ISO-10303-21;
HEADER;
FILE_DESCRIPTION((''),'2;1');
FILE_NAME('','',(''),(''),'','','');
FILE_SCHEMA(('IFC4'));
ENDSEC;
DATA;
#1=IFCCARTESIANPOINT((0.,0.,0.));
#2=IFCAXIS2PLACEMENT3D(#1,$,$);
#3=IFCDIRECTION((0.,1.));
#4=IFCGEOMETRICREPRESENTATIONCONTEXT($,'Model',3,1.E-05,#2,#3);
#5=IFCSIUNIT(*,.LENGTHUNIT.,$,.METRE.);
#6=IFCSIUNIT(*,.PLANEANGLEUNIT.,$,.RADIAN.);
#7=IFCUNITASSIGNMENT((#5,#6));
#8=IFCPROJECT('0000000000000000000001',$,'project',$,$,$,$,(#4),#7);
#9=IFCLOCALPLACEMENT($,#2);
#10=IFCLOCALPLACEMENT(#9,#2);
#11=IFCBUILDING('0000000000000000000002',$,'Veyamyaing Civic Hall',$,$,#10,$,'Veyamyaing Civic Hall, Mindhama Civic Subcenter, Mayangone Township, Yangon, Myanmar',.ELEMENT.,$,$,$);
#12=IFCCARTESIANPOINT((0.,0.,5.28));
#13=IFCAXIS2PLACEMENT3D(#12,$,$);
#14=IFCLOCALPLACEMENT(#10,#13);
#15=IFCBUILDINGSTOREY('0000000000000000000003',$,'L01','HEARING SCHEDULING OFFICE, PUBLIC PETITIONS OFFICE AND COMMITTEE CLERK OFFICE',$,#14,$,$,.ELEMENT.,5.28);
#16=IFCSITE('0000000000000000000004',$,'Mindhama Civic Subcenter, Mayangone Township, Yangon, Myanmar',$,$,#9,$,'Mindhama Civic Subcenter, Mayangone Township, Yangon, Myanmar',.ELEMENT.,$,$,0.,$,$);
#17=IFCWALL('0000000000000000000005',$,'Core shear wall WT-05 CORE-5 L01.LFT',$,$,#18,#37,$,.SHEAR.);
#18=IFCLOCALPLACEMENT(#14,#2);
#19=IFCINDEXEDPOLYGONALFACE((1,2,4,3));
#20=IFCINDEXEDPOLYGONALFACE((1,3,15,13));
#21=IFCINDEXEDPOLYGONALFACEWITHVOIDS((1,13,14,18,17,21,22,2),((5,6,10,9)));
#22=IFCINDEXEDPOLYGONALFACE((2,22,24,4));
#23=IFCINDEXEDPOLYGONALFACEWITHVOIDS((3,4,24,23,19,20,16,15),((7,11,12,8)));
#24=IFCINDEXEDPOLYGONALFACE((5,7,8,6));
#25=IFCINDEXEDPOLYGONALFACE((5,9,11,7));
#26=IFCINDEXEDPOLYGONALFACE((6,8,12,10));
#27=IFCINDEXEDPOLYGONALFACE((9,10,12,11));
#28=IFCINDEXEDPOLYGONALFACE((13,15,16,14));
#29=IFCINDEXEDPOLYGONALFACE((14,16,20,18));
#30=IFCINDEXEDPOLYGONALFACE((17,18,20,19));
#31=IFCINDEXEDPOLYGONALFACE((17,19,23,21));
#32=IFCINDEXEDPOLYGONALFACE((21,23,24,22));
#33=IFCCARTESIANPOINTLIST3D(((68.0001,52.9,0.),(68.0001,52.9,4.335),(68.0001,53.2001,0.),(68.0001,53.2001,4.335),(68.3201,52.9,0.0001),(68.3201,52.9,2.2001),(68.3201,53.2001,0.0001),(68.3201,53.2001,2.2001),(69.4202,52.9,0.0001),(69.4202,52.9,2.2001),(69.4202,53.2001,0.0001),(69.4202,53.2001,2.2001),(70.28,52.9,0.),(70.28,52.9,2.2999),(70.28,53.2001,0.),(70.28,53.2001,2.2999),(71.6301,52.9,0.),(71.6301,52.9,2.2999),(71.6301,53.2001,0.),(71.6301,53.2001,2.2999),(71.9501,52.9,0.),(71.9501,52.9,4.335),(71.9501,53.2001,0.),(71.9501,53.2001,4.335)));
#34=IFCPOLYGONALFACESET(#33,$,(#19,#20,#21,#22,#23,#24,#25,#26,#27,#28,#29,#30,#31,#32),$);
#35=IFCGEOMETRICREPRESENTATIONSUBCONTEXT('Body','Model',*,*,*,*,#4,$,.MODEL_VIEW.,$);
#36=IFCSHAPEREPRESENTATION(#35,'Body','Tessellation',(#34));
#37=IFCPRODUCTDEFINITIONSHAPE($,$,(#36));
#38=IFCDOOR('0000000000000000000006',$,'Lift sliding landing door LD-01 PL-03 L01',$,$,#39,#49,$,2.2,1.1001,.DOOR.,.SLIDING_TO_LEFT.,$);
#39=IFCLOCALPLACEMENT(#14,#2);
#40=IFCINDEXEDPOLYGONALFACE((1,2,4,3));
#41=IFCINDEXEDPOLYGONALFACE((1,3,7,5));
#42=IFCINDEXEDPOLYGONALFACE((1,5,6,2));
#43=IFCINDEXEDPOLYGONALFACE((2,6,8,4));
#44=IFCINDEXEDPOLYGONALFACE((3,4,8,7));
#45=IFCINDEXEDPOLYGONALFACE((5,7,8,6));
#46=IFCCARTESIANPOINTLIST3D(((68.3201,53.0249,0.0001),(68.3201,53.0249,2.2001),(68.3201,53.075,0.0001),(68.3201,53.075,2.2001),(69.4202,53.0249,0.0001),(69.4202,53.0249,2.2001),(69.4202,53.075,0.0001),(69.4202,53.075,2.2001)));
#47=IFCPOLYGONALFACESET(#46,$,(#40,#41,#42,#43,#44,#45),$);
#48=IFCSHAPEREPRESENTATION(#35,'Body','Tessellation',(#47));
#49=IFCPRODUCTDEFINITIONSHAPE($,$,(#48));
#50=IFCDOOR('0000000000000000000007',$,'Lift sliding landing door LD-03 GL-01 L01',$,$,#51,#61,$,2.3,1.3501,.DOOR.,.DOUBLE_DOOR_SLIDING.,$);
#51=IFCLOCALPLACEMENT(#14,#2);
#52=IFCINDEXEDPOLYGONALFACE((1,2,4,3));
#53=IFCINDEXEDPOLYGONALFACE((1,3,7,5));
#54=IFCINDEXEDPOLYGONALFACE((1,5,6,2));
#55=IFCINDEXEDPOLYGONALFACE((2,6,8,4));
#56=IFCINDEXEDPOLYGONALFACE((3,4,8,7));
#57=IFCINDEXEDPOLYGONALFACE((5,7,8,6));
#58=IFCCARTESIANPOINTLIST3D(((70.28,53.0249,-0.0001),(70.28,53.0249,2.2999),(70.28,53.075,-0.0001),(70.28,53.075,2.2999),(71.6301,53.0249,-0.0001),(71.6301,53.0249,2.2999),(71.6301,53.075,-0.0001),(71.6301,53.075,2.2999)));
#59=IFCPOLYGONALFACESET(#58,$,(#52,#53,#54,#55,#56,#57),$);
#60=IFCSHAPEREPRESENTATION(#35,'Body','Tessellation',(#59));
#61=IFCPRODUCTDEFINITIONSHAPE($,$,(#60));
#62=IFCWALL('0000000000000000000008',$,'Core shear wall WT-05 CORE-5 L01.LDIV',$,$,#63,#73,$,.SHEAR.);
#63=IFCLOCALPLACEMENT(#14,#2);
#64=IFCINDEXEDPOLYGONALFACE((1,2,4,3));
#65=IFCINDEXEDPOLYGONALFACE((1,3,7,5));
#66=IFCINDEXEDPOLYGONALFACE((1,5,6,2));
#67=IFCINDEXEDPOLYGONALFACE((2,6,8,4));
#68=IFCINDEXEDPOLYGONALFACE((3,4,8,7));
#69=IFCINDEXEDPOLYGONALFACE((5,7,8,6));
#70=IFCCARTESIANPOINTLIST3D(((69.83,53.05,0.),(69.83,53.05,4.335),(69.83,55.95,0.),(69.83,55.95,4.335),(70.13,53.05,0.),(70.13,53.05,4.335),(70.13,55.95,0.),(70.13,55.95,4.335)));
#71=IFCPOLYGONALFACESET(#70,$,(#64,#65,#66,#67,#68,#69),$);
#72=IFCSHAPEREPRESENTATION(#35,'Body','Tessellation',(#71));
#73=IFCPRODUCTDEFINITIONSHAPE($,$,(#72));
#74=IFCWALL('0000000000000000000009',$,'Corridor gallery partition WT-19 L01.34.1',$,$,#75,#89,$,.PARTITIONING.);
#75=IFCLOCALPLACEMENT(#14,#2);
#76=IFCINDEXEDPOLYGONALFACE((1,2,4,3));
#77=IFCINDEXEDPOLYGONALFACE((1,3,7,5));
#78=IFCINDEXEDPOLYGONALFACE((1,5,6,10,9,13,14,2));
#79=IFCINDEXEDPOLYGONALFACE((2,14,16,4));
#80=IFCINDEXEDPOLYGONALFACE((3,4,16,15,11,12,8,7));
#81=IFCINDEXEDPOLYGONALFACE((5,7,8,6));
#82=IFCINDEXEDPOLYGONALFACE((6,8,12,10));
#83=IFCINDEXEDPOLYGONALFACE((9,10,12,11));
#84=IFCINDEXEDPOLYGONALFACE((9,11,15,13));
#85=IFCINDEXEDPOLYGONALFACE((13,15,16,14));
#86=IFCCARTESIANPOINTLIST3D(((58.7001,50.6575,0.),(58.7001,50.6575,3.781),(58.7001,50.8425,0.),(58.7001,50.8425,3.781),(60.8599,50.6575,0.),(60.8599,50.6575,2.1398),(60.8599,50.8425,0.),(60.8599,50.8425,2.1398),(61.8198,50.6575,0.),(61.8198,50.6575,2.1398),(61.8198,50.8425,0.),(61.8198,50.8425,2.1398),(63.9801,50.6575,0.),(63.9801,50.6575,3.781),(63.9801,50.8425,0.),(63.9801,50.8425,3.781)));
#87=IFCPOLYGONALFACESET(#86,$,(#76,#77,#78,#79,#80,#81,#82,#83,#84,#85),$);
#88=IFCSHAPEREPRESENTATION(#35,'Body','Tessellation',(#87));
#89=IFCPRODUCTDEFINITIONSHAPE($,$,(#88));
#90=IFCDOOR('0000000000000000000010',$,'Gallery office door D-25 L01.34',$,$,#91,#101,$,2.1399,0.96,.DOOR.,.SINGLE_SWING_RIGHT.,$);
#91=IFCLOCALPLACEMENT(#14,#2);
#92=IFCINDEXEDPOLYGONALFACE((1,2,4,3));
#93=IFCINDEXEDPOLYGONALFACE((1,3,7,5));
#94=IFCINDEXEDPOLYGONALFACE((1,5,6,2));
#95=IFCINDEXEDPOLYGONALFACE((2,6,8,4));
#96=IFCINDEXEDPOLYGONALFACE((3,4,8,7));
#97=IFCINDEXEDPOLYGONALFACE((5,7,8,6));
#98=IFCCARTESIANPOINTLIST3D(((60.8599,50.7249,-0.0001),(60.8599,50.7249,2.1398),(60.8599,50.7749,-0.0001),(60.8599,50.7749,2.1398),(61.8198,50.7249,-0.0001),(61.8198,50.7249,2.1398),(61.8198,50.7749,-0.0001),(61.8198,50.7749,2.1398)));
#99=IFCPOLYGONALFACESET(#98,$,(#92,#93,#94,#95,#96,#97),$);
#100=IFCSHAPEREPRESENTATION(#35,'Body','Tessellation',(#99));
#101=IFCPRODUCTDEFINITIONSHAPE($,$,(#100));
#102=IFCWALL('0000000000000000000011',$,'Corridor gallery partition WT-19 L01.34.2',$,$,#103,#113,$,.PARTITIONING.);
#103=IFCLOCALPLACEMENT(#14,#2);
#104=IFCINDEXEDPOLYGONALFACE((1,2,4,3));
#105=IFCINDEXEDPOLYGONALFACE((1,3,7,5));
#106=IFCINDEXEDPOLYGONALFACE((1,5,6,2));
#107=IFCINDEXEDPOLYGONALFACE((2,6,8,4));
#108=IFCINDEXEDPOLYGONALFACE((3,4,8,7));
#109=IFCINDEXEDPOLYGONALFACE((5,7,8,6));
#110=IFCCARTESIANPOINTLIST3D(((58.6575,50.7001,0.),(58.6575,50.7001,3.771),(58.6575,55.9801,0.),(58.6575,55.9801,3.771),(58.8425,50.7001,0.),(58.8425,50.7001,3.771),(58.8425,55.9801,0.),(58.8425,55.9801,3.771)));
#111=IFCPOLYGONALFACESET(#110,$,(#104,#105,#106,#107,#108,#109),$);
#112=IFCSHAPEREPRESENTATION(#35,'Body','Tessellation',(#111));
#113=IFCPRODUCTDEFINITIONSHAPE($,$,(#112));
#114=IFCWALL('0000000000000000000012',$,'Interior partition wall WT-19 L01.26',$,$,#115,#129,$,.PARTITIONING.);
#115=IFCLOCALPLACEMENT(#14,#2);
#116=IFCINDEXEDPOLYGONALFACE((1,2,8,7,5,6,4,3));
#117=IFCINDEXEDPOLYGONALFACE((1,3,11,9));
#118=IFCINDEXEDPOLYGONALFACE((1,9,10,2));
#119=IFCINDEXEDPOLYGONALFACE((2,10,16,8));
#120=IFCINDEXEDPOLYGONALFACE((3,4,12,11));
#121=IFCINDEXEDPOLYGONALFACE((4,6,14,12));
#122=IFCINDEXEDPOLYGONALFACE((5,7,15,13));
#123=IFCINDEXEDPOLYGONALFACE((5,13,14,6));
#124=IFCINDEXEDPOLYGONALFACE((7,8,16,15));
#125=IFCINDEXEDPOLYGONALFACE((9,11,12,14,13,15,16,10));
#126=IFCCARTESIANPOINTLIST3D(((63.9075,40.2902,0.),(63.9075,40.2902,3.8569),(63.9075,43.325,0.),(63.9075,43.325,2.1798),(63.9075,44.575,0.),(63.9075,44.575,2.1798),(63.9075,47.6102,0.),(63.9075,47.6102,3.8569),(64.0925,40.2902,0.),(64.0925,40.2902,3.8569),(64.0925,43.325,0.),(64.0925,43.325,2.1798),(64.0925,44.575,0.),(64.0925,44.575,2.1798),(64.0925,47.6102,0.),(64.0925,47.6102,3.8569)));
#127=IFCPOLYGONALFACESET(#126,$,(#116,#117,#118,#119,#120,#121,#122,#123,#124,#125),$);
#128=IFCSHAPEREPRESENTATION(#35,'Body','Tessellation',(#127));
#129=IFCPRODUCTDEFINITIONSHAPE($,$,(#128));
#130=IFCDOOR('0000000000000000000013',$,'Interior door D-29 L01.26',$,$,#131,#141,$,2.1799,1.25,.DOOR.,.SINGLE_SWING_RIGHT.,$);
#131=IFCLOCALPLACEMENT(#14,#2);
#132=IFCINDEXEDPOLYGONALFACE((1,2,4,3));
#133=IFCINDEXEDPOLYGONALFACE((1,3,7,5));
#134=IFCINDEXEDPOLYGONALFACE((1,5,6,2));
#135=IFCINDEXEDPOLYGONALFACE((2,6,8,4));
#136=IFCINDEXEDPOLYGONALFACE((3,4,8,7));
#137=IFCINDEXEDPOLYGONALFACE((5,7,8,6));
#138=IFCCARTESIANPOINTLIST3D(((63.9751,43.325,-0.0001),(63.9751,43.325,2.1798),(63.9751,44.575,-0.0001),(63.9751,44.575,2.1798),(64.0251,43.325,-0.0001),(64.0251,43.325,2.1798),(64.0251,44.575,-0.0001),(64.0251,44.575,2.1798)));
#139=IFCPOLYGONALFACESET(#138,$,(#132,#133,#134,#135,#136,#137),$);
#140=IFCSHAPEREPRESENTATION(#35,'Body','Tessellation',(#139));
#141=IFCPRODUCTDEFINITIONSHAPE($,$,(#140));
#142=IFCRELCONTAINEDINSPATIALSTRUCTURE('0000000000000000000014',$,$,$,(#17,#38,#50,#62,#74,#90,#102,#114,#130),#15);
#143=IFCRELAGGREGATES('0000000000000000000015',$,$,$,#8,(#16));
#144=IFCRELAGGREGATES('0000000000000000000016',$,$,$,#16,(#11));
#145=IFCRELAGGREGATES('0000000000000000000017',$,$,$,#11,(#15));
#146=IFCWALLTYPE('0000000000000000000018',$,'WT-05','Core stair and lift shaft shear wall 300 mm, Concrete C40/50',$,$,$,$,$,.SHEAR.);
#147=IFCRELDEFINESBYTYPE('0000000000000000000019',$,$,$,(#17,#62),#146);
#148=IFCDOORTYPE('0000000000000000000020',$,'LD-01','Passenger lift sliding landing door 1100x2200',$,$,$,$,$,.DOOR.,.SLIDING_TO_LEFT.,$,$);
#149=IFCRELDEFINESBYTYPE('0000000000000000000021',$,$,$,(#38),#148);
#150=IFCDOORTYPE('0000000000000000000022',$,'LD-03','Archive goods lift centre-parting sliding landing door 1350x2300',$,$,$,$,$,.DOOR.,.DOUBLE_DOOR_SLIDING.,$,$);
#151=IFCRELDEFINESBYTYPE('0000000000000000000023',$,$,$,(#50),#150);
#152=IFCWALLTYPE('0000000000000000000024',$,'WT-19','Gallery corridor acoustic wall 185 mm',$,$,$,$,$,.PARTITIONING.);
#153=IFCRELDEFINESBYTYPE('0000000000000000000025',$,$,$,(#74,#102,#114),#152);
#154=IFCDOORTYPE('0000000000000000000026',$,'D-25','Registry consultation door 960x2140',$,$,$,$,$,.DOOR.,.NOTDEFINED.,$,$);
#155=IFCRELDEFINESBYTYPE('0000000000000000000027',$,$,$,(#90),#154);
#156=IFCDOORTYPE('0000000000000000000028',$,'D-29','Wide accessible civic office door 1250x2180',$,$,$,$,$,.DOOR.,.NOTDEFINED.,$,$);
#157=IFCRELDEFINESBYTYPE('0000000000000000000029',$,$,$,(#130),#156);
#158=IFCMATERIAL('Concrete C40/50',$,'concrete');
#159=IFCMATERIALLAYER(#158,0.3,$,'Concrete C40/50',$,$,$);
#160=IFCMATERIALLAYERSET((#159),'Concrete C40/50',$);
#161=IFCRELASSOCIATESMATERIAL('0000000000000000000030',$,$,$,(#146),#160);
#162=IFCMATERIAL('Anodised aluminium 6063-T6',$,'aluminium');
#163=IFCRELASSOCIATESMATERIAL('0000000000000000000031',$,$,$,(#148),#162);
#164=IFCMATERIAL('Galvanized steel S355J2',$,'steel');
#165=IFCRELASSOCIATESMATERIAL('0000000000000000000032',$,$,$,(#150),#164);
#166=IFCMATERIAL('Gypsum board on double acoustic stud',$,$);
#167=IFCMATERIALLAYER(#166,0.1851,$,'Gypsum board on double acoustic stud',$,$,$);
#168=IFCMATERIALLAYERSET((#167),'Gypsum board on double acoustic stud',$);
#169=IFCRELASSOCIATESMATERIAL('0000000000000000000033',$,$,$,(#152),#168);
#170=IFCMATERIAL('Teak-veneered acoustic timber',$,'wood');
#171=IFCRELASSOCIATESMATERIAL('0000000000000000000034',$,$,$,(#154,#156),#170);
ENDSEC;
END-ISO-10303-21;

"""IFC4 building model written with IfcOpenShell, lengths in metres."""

from ifc_helpers import new_model, si_unit, direction, frame, frame_2d, origin, place, context, subcontext, project, spatial, rectangle, extrude, material, layer, layer_set, type_object, element, fill, save


model = new_model("IFC4")

# Units and contexts
model_context = context("Model", 3, precision=1e-05, world=origin(), true_north=direction((0.0, 1.0)))
body_context = subcontext(model_context, "Body", "Model", "MODEL_VIEW")
ifc_project = project(units=[si_unit("LENGTHUNIT", "METRE"), si_unit("PLANEANGLEUNIT", "RADIAN")], contexts=[model_context])

# Site, building, storey
site_placement = place(None, origin())
site = spatial("IfcSite", under=ifc_project, at=site_placement, Name="Mindhama Civic Subcenter, Mayangone Township, Yangon, Myanmar", LongName="Mindhama Civic Subcenter, Mayangone Township, Yangon, Myanmar", CompositionType="ELEMENT", RefElevation=0.0)
building_placement = place(site_placement, origin())
building = spatial("IfcBuilding", under=site, at=building_placement, Name="Veyamyaing Civic Hall", LongName="Veyamyaing Civic Hall, Mindhama Civic Subcenter, Mayangone Township, Yangon, Myanmar", CompositionType="ELEMENT")
storey_placement = place(building_placement, frame((0.0, 0.0, 5.28)))
storey = spatial("IfcBuildingStorey", under=building, at=storey_placement, Name="L01", Description="HEARING SCHEDULING OFFICE, PUBLIC PETITIONS OFFICE AND COMMITTEE CLERK OFFICE", CompositionType="ELEMENT", Elevation=5.28)

# Shared definitions
ifc_material_1 = material(Name="Concrete C40/50", Category="concrete")
ifc_layer_1 = layer(ifc_material_1, 0.3, Name="Concrete C40/50")
ifc_layer_set_1 = layer_set([ifc_layer_1], Name="Concrete C40/50")
wall_type_1 = type_object("IfcWallType", Name="WT-05", Description="Core stair and lift shaft shear wall 300 mm, Concrete C40/50", PredefinedType="SHEAR", material=ifc_layer_set_1)

# Shared definitions
ifc_material_2 = material(Name="Galvanized steel S355J2", Category="steel")

# Wall, openings, doors
wall_1_placement = place(storey_placement, frame((68.0, 53.05, 0.0), z_axis=(0.0, 0.0, 1.0), x_axis=(1.0, 0.0, 0.0)))
wall_1 = element("IfcWall", 1, at=wall_1_placement, inside=storey, type_object=wall_type_1, Name="Core shear wall WT-05 CORE-5 L01.LFT", PredefinedType="SHEAR", context=body_context, shape_type="SweptSolid", body=[
    extrude(rectangle(XDim=3.95, YDim=0.3, at=frame_2d((1.9751, 0.0))), origin(), (0.0, 0.0, 1.0), 4.335),
])
opening_1_placement = place(wall_1_placement, frame((0.3201, 0.0, 0.0)))
opening_1 = element("IfcOpeningElement", 2, at=opening_1_placement, cuts=wall_1, PredefinedType="OPENING", context=body_context, shape_type="SweptSolid", body=[
    extrude(rectangle(XDim=1.1001, YDim=2.2, at=frame_2d((0.55, 1.1001))), frame((0.0, 0.1599, 0.0), z_axis=(0.0, -1.0, 0.0), x_axis=(1.0, 0.0, 0.0)), (0.0, 0.0, 1.0), 0.3201),
])
opening_2_placement = place(wall_1_placement, frame((2.28, 0.0, 0.0)))
opening_2 = element("IfcOpeningElement", 3, at=opening_2_placement, cuts=wall_1, PredefinedType="OPENING", context=body_context, shape_type="SweptSolid", body=[
    extrude(rectangle(XDim=1.3501, YDim=2.3, at=frame_2d((0.675, 1.1499))), frame((0.0, 0.1599, 0.0), z_axis=(0.0, -1.0, 0.0), x_axis=(1.0, 0.0, 0.0)), (0.0, 0.0, 1.0), 0.3201),
])
ifc_material_3 = material(Name="Anodised aluminium 6063-T6", Category="aluminium")
door_type_1 = type_object("IfcDoorType", Name="LD-01", Description="Passenger lift sliding landing door 1100x2200", OperationType="SLIDING_TO_LEFT", PredefinedType="DOOR", material=ifc_material_3)
door_1_placement = place(opening_1_placement, origin())
door_1 = element("IfcDoor", 4, at=door_1_placement, inside=storey, type_object=door_type_1, Name="Lift sliding landing door LD-01 PL-03 L01", OperationType="SLIDING_TO_LEFT", OverallHeight=2.2, OverallWidth=1.1001, PredefinedType="DOOR", context=body_context, shape_type="SweptSolid", body=[
    extrude(rectangle(XDim=1.1001, YDim=2.2, at=frame_2d((0.55, 1.1001))), frame((0.0, 0.0249, 0.0), z_axis=(0.0, -1.0, 0.0), x_axis=(1.0, 0.0, 0.0)), (0.0, 0.0, 1.0), 0.05),
])
fill(opening_1, door_1)
door_type_2 = type_object("IfcDoorType", Name="LD-03", Description="Archive goods lift centre-parting sliding landing door 1350x2300", OperationType="DOUBLE_DOOR_SLIDING", PredefinedType="DOOR", material=ifc_material_2)
door_2_placement = place(opening_2_placement, origin())
door_2 = element("IfcDoor", 5, at=door_2_placement, inside=storey, type_object=door_type_2, Name="Lift sliding landing door LD-03 GL-01 L01", OperationType="DOUBLE_DOOR_SLIDING", OverallHeight=2.3, OverallWidth=1.3501, PredefinedType="DOOR", context=body_context, shape_type="SweptSolid", body=[
    extrude(rectangle(XDim=1.3501, YDim=2.3, at=frame_2d((0.675, 1.1499))), frame((0.0, 0.0249, 0.0), z_axis=(0.0, -1.0, 0.0), x_axis=(1.0, 0.0, 0.0)), (0.0, 0.0, 1.0), 0.05),
])
fill(opening_2, door_2)

# Wall
wall_2_placement = place(storey_placement, frame((69.98, 53.05, 0.0), z_axis=(0.0, 0.0, 1.0), x_axis=(0.0, 1.0, 0.0)))
element("IfcWall", 6, at=wall_2_placement, inside=storey, type_object=wall_type_1, Name="Core shear wall WT-05 CORE-5 L01.LDIV", PredefinedType="SHEAR", context=body_context, shape_type="SweptSolid", body=[
    extrude(rectangle(XDim=2.8999, YDim=0.3, at=frame_2d((1.45, 0.0))), origin(), (0.0, 0.0, 1.0), 4.335),
])

# Wall, opening, door
ifc_material_4 = material(Name="Gypsum board on double acoustic stud")
ifc_layer_2 = layer(ifc_material_4, 0.1851, Name="Gypsum board on double acoustic stud")
ifc_layer_set_2 = layer_set([ifc_layer_2], Name="Gypsum board on double acoustic stud")
wall_type_2 = type_object("IfcWallType", Name="WT-19", Description="Gallery corridor acoustic wall 185 mm", PredefinedType="PARTITIONING", material=ifc_layer_set_2)
wall_3_placement = place(storey_placement, frame((58.7, 50.75, 0.0), z_axis=(0.0, 0.0, 1.0), x_axis=(1.0, 0.0, 0.0)))
wall_3 = element("IfcWall", 7, at=wall_3_placement, inside=storey, type_object=wall_type_2, Name="Corridor gallery partition WT-19 L01.34.1", PredefinedType="PARTITIONING", context=body_context, shape_type="SweptSolid", body=[
    extrude(rectangle(XDim=5.28, YDim=0.1851, at=frame_2d((2.6401, 0.0))), origin(), (0.0, 0.0, 1.0), 3.781),
])
opening_3_placement = place(wall_3_placement, frame((2.1599, 0.0, 0.0)))
opening_3 = element("IfcOpeningElement", 8, at=opening_3_placement, cuts=wall_3, PredefinedType="OPENING", context=body_context, shape_type="SweptSolid", body=[
    extrude(rectangle(XDim=0.96, YDim=2.1399, at=frame_2d((0.48, 1.0698))), frame((0.0, 0.1025, 0.0), z_axis=(0.0, -1.0, 0.0), x_axis=(1.0, 0.0, 0.0)), (0.0, 0.0, 1.0), 0.2051),
])
ifc_material_5 = material(Name="Teak-veneered acoustic timber", Category="wood")
door_type_3 = type_object("IfcDoorType", Name="D-25", Description="Registry consultation door 960x2140", OperationType="NOTDEFINED", PredefinedType="DOOR", material=ifc_material_5)
door_3_placement = place(opening_3_placement, origin())
door_3 = element("IfcDoor", 9, at=door_3_placement, inside=storey, type_object=door_type_3, Name="Gallery office door D-25 L01.34", OperationType="SINGLE_SWING_RIGHT", OverallHeight=2.1399, OverallWidth=0.96, PredefinedType="DOOR", context=body_context, shape_type="SweptSolid", body=[
    extrude(rectangle(XDim=0.96, YDim=2.1399, at=frame_2d((0.48, 1.0698))), frame((0.0, 0.0249, 0.0), z_axis=(0.0, -1.0, 0.0), x_axis=(1.0, 0.0, 0.0)), (0.0, 0.0, 1.0), 0.05),
])
fill(opening_3, door_3)

# Wall
wall_4_placement = place(storey_placement, frame((58.75, 50.7, 0.0), z_axis=(0.0, 0.0, 1.0), x_axis=(0.0, 1.0, 0.0)))
element("IfcWall", 10, at=wall_4_placement, inside=storey, type_object=wall_type_2, Name="Corridor gallery partition WT-19 L01.34.2", PredefinedType="PARTITIONING", context=body_context, shape_type="SweptSolid", body=[
    extrude(rectangle(XDim=5.28, YDim=0.1851, at=frame_2d((2.6401, 0.0))), origin(), (0.0, 0.0, 1.0), 3.771),
])

# Wall, opening, door
wall_5_placement = place(storey_placement, frame((64.0, 40.29, 0.0), z_axis=(0.0, 0.0, 1.0), x_axis=(0.0, 1.0, 0.0)))
wall_5 = element("IfcWall", 11, at=wall_5_placement, inside=storey, type_object=wall_type_2, Name="Interior partition wall WT-19 L01.26", PredefinedType="PARTITIONING", context=body_context, shape_type="SweptSolid", body=[
    extrude(rectangle(XDim=7.3201, YDim=0.1851, at=frame_2d((3.6602, 0.0))), origin(), (0.0, 0.0, 1.0), 3.8569),
])
opening_4_placement = place(wall_5_placement, frame((3.0349, 0.0, 0.0)))
opening_4 = element("IfcOpeningElement", 12, at=opening_4_placement, cuts=wall_5, PredefinedType="OPENING", context=body_context, shape_type="SweptSolid", body=[
    extrude(rectangle(XDim=1.25, YDim=2.1799, at=frame_2d((0.625, 1.0898))), frame((0.0, 0.1025, 0.0), z_axis=(0.0, -1.0, 0.0), x_axis=(1.0, 0.0, 0.0)), (0.0, 0.0, 1.0), 0.2051),
])
door_type_4 = type_object("IfcDoorType", Name="D-29", Description="Wide accessible civic office door 1250x2180", OperationType="NOTDEFINED", PredefinedType="DOOR", material=ifc_material_5)
door_4_placement = place(opening_4_placement, origin())
door_4 = element("IfcDoor", 13, at=door_4_placement, inside=storey, type_object=door_type_4, Name="Interior door D-29 L01.26", OperationType="SINGLE_SWING_RIGHT", OverallHeight=2.1799, OverallWidth=1.25, PredefinedType="DOOR", context=body_context, shape_type="SweptSolid", body=[
    extrude(rectangle(XDim=1.25, YDim=2.1799, at=frame_2d((0.625, 1.0898))), frame((0.0, 0.0249, 0.0), z_axis=(0.0, -1.0, 0.0), x_axis=(1.0, 0.0, 0.0)), (0.0, 0.0, 1.0), 0.05),
])
fill(opening_4, door_4)

save(model, "model.ifc")
